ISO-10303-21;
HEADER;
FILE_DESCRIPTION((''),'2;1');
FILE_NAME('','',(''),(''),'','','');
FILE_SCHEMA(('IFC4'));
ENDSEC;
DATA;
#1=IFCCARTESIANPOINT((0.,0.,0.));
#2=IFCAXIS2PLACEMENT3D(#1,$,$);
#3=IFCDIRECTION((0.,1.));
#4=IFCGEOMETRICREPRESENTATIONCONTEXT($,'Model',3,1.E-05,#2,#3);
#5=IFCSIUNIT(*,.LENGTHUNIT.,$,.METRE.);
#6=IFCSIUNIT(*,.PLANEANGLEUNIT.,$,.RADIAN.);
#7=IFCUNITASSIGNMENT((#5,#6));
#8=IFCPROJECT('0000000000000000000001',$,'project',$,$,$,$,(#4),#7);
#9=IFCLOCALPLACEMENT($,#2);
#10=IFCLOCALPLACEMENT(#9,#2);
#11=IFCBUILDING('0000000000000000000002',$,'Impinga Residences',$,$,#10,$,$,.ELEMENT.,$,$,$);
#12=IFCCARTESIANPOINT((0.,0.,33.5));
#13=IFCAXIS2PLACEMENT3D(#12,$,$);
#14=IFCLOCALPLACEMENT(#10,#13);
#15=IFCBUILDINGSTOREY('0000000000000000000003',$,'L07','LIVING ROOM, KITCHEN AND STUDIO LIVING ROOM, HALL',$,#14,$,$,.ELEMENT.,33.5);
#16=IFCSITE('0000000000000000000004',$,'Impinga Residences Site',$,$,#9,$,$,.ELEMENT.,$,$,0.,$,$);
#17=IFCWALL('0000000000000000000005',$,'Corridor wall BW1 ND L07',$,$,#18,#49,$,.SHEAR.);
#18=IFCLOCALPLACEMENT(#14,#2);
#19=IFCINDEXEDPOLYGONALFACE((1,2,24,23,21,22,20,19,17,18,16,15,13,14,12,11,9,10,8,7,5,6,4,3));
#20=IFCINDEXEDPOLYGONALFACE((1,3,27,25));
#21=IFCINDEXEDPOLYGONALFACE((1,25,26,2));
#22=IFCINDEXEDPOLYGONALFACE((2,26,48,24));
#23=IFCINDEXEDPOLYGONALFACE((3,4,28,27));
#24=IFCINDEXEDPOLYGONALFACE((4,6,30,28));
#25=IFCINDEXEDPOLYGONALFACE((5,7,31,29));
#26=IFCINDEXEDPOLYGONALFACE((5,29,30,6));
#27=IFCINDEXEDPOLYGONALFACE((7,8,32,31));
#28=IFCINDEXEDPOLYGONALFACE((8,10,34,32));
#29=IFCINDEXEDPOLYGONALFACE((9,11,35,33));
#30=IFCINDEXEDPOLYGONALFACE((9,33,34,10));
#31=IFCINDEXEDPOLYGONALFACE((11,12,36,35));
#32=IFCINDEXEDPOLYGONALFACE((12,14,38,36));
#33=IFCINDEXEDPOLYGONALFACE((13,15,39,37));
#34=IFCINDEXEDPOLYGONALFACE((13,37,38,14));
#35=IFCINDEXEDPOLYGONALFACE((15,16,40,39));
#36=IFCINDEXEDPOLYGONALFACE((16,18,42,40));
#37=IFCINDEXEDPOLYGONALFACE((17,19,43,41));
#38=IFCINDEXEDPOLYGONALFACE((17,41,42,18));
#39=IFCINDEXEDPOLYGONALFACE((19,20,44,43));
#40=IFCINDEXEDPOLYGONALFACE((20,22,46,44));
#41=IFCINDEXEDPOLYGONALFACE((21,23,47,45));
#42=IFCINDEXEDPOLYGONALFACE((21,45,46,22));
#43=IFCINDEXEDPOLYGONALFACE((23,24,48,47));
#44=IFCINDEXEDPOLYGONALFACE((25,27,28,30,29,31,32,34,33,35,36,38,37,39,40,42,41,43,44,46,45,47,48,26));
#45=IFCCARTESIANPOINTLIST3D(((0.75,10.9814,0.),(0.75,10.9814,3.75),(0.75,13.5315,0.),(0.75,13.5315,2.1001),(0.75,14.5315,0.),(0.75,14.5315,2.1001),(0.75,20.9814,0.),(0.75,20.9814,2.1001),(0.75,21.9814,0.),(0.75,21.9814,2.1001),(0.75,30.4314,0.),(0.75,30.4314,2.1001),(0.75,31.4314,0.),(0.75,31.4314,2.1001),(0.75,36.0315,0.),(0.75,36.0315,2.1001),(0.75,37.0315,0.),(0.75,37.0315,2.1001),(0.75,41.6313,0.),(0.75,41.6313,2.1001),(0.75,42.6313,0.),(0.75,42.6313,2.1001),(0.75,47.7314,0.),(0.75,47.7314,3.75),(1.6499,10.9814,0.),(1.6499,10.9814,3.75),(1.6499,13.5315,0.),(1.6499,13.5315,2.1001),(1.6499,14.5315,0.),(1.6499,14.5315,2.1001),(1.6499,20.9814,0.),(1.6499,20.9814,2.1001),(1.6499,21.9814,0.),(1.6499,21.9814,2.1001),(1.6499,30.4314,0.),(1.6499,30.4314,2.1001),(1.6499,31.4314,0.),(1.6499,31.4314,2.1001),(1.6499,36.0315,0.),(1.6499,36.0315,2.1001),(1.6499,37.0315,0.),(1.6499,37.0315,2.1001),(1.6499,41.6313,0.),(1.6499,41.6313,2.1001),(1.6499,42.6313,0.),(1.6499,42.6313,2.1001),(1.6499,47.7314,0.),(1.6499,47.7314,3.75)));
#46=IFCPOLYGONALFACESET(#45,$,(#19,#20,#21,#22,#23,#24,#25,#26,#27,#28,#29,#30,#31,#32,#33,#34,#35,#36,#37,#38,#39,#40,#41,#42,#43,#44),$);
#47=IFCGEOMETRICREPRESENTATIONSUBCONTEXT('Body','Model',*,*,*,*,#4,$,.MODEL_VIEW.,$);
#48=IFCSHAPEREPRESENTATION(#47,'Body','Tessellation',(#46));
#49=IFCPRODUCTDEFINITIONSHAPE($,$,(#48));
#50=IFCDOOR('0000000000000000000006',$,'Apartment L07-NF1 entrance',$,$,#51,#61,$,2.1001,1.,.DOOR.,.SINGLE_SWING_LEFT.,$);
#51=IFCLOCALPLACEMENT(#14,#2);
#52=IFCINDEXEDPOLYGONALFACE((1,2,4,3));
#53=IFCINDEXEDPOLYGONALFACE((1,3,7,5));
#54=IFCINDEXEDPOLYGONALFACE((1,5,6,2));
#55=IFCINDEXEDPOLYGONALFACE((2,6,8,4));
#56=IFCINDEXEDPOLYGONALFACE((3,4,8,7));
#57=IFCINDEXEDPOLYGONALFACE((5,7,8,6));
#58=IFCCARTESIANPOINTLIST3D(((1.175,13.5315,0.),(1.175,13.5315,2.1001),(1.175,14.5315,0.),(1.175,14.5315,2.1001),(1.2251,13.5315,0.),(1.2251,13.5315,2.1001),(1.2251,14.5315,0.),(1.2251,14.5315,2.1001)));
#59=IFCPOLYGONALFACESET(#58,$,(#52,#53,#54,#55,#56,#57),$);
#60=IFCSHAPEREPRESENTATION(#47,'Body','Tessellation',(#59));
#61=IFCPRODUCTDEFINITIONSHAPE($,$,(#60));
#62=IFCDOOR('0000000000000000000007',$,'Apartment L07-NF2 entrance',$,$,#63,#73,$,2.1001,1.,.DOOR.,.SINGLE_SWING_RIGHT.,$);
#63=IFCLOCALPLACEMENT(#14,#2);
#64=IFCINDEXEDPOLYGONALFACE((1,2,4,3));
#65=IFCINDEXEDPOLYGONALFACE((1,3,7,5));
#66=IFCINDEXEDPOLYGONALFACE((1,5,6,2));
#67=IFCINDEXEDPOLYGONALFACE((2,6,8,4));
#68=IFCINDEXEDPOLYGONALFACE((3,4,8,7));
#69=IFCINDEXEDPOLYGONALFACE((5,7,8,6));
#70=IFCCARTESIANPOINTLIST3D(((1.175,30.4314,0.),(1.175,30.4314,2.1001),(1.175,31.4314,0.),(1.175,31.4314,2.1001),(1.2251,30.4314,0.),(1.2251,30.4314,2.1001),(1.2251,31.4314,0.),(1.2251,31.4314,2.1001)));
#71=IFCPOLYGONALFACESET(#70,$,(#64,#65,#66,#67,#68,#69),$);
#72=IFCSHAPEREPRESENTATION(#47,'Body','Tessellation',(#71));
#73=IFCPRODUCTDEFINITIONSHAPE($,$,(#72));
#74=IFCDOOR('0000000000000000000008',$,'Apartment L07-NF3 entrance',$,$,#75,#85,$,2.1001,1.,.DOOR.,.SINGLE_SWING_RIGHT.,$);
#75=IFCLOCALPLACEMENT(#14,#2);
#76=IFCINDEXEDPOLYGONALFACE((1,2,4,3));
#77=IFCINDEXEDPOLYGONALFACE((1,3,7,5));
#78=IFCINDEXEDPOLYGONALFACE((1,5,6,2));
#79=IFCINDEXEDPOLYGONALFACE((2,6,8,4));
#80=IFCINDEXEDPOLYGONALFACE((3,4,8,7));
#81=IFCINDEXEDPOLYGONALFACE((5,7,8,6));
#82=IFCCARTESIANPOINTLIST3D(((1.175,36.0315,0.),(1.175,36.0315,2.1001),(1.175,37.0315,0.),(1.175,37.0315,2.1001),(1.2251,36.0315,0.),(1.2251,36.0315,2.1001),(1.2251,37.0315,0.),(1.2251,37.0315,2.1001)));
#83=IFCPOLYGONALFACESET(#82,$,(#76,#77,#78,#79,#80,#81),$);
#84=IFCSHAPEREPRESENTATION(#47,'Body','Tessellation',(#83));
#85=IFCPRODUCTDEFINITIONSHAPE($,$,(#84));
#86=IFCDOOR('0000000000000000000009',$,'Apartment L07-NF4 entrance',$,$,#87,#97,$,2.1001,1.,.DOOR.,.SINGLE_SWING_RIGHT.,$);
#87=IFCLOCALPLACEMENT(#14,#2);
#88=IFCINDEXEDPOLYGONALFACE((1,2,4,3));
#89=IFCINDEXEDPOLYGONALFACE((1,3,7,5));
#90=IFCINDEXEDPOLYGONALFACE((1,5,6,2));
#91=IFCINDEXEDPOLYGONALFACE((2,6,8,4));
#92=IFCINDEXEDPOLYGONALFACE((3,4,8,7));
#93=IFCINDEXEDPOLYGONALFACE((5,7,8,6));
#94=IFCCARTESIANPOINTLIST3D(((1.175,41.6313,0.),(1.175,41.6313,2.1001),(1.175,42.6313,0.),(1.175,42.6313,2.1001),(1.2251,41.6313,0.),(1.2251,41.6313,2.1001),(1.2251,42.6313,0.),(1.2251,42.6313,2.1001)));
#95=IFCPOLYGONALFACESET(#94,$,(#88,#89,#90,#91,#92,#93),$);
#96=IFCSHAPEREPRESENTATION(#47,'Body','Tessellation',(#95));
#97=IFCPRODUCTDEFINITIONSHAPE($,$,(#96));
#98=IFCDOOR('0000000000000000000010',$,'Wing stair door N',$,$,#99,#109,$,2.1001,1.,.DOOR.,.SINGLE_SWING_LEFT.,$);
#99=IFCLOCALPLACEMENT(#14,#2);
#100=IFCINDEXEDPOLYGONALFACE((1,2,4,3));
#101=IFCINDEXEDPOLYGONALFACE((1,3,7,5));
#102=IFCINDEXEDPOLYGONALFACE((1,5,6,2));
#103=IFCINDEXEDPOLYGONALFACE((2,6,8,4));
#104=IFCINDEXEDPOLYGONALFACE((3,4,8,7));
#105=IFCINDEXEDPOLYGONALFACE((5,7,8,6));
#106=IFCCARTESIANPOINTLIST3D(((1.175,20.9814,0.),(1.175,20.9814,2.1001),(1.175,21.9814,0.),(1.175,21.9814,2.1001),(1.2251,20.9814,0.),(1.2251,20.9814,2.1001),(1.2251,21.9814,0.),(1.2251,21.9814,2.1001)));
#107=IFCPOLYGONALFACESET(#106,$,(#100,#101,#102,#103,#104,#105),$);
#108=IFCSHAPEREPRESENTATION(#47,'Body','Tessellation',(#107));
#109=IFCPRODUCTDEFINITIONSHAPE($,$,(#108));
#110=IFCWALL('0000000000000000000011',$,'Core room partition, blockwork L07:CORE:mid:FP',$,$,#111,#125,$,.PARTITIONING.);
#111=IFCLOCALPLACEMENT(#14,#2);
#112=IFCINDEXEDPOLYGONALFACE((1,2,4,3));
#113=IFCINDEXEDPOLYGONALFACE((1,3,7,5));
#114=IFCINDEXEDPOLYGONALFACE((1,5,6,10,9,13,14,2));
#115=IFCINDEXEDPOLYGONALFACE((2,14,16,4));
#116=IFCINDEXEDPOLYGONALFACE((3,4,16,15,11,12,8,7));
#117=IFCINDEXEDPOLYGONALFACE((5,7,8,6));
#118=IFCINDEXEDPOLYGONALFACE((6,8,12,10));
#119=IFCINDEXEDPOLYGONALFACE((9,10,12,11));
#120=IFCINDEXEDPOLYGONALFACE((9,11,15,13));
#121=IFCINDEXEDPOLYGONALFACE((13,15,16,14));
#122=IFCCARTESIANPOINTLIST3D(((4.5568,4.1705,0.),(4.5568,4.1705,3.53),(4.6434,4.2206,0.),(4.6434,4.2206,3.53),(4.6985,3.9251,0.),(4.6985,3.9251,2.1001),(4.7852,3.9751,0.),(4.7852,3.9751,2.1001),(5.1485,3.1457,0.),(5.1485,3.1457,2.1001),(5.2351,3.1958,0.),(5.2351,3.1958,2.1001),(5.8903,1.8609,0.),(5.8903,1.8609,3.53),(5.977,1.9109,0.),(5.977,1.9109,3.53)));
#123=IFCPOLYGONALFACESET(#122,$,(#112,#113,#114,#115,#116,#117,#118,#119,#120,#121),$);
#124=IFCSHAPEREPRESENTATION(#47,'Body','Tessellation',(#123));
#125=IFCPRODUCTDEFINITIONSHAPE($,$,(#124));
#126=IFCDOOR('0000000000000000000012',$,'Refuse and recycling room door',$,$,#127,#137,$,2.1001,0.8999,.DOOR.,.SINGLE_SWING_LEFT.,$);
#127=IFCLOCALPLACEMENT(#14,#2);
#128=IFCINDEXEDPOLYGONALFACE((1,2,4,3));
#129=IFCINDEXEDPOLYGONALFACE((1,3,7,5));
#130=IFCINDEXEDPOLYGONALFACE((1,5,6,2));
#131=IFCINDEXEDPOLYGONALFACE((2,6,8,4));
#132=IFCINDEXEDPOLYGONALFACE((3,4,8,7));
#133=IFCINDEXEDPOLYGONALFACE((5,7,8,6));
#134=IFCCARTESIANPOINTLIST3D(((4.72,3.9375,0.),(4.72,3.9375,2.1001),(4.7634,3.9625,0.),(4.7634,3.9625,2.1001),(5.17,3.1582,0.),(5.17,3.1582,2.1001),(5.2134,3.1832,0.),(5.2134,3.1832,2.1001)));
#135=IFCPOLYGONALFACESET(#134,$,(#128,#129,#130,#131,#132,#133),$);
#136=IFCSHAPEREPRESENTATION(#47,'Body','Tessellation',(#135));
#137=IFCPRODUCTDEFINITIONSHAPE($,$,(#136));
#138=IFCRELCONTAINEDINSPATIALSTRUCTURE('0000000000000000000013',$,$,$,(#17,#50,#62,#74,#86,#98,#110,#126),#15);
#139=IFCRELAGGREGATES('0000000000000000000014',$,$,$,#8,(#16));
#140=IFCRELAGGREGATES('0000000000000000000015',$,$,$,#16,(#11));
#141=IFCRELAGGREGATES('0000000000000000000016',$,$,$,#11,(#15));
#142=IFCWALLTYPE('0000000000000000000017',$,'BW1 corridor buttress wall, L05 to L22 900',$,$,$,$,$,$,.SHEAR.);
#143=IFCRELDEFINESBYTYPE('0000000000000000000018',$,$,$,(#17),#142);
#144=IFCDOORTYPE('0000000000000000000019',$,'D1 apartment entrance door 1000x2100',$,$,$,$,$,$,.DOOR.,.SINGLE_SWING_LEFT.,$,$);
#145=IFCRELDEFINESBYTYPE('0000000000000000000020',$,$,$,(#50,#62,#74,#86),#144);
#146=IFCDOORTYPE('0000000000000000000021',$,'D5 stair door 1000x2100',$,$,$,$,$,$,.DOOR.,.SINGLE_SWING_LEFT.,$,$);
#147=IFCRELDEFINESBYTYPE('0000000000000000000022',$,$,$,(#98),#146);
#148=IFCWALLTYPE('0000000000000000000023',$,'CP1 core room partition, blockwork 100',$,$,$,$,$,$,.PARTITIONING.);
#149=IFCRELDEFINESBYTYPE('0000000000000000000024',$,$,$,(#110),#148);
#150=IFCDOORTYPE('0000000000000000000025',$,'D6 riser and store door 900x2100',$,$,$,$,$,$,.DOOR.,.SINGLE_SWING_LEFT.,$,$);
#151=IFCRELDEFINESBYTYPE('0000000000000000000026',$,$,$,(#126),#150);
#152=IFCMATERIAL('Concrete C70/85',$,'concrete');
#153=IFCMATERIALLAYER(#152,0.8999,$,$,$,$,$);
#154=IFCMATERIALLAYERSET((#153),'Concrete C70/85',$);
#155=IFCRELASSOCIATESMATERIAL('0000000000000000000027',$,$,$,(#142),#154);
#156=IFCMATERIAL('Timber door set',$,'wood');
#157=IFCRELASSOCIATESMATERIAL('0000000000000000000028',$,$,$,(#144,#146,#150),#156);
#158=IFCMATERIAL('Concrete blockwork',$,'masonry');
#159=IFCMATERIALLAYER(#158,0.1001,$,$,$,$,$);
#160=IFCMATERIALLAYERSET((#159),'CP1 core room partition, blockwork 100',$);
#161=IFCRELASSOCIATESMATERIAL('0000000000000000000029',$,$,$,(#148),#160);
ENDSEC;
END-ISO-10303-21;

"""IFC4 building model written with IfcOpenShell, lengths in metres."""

from ifc_helpers import new_model, si_unit, direction, frame, frame_2d, origin, place, context, subcontext, project, spatial, rectangle, extrude, material, layer, layer_set, type_object, element, fill, save


model = new_model("IFC4")

# Units and contexts
model_context = context("Model", 3, precision=1e-05, world=origin(), true_north=direction((0.0, 1.0)))
body_context = subcontext(model_context, "Body", "Model", "MODEL_VIEW")
ifc_project = project(units=[si_unit("LENGTHUNIT", "METRE"), si_unit("PLANEANGLEUNIT", "RADIAN")], contexts=[model_context])

# Site, building, storey
site_placement = place(None, origin())
site = spatial("IfcSite", under=ifc_project, at=site_placement, Name="Impinga Residences Site", CompositionType="ELEMENT", RefElevation=0.0)
building_placement = place(site_placement, origin())
building = spatial("IfcBuilding", under=site, at=building_placement, Name="Impinga Residences", CompositionType="ELEMENT")
storey_placement = place(building_placement, frame((0.0, 0.0, 33.5)))
storey = spatial("IfcBuildingStorey", under=building, at=storey_placement, Name="L07", Description="LIVING ROOM, KITCHEN AND STUDIO LIVING ROOM, HALL", CompositionType="ELEMENT", Elevation=33.5)

# Wall, openings, doors
ifc_material_1 = material(Name="Concrete C70/85", Category="concrete")
ifc_layer_1 = layer(ifc_material_1, 0.8999)
ifc_layer_set_1 = layer_set([ifc_layer_1], Name="Concrete C70/85")
wall_type_1 = type_object("IfcWallType", Name="BW1 corridor buttress wall, L05 to L22 900", PredefinedType="SHEAR", material=ifc_layer_set_1)
wall_1_placement = place(storey_placement, frame((1.2, 10.9814, 0.0), z_axis=(0.0, 0.0, 1.0), x_axis=(0.0, 1.0, 0.0)))
wall_1 = element("IfcWall", 1, at=wall_1_placement, inside=storey, type_object=wall_type_1, Name="Corridor wall BW1 ND L07", PredefinedType="SHEAR", context=body_context, shape_type="SweptSolid", body=[
    extrude(rectangle(XDim=36.75, YDim=0.8999, at=frame_2d((18.375, 0.0))), origin(), (0.0, 0.0, 1.0), 3.75),
])
opening_1_placement = place(wall_1_placement, frame((10.0, 0.0, 0.0)))
opening_1 = element("IfcOpeningElement", 2, at=opening_1_placement, cuts=wall_1, PredefinedType="OPENING", context=body_context, shape_type="SweptSolid", body=[
    extrude(rectangle(XDim=1.0, YDim=2.1001, at=frame_2d((0.5, 1.05))), frame((0.0, 0.46, 0.0), z_axis=(0.0, -1.0, 0.0), x_axis=(1.0, 0.0, 0.0)), (0.0, 0.0, 1.0), 0.9199),
])
opening_2_placement = place(wall_1_placement, frame((2.55, 0.0, 0.0)))
opening_2 = element("IfcOpeningElement", 3, at=opening_2_placement, cuts=wall_1, PredefinedType="OPENING", context=body_context, shape_type="SweptSolid", body=[
    extrude(rectangle(XDim=1.0, YDim=2.1001, at=frame_2d((0.5, 1.05))), frame((0.0, 0.46, 0.0), z_axis=(0.0, -1.0, 0.0), x_axis=(1.0, 0.0, 0.0)), (0.0, 0.0, 1.0), 0.9199),
])
opening_3_placement = place(wall_1_placement, frame((19.45, 0.0, 0.0)))
opening_3 = element("IfcOpeningElement", 4, at=opening_3_placement, cuts=wall_1, PredefinedType="OPENING", context=body_context, shape_type="SweptSolid", body=[
    extrude(rectangle(XDim=1.0, YDim=2.1001, at=frame_2d((0.5, 1.05))), frame((0.0, 0.46, 0.0), z_axis=(0.0, -1.0, 0.0), x_axis=(1.0, 0.0, 0.0)), (0.0, 0.0, 1.0), 0.9199),
])
opening_4_placement = place(wall_1_placement, frame((25.05, 0.0, 0.0)))
opening_4 = element("IfcOpeningElement", 5, at=opening_4_placement, cuts=wall_1, PredefinedType="OPENING", context=body_context, shape_type="SweptSolid", body=[
    extrude(rectangle(XDim=1.0, YDim=2.1001, at=frame_2d((0.5, 1.05))), frame((0.0, 0.46, 0.0), z_axis=(0.0, -1.0, 0.0), x_axis=(1.0, 0.0, 0.0)), (0.0, 0.0, 1.0), 0.9199),
])
opening_5_placement = place(wall_1_placement, frame((30.6499, 0.0, 0.0)))
opening_5 = element("IfcOpeningElement", 6, at=opening_5_placement, cuts=wall_1, PredefinedType="OPENING", context=body_context, shape_type="SweptSolid", body=[
    extrude(rectangle(XDim=1.0, YDim=2.1001, at=frame_2d((0.5, 1.05))), frame((0.0, 0.46, 0.0), z_axis=(0.0, -1.0, 0.0), x_axis=(1.0, 0.0, 0.0)), (0.0, 0.0, 1.0), 0.9199),
])
ifc_material_2 = material(Name="Timber door set", Category="wood")
door_type_1 = type_object("IfcDoorType", Name="D1 apartment entrance door 1000x2100", OperationType="SINGLE_SWING_LEFT", PredefinedType="DOOR", material=ifc_material_2)
door_1_placement = place(opening_2_placement, origin())
door_1 = element("IfcDoor", 7, at=door_1_placement, inside=storey, type_object=door_type_1, Name="Apartment L07-NF1 entrance", OperationType="SINGLE_SWING_LEFT", OverallHeight=2.1001, OverallWidth=1.0, PredefinedType="DOOR", context=body_context, shape_type="SweptSolid", body=[
    extrude(rectangle(XDim=1.0, YDim=2.1001, at=frame_2d((0.5, 1.05))), frame((0.0, 0.0249, 0.0), z_axis=(0.0, -1.0, 0.0), x_axis=(1.0, 0.0, 0.0)), (0.0, 0.0, 1.0), 0.05),
])
fill(opening_2, door_1)
door_2_placement = place(opening_3_placement, origin())
door_2 = element("IfcDoor", 8, at=door_2_placement, inside=storey, type_object=door_type_1, Name="Apartment L07-NF2 entrance", OperationType="SINGLE_SWING_RIGHT", OverallHeight=2.1001, OverallWidth=1.0, PredefinedType="DOOR", context=body_context, shape_type="SweptSolid", body=[
    extrude(rectangle(XDim=1.0, YDim=2.1001, at=frame_2d((0.5, 1.05))), frame((0.0, 0.0249, 0.0), z_axis=(0.0, -1.0, 0.0), x_axis=(1.0, 0.0, 0.0)), (0.0, 0.0, 1.0), 0.05),
])
fill(opening_3, door_2)
door_3_placement = place(opening_4_placement, origin())
door_3 = element("IfcDoor", 9, at=door_3_placement, inside=storey, type_object=door_type_1, Name="Apartment L07-NF3 entrance", OperationType="SINGLE_SWING_RIGHT", OverallHeight=2.1001, OverallWidth=1.0, PredefinedType="DOOR", context=body_context, shape_type="SweptSolid", body=[
    extrude(rectangle(XDim=1.0, YDim=2.1001, at=frame_2d((0.5, 1.05))), frame((0.0, 0.0249, 0.0), z_axis=(0.0, -1.0, 0.0), x_axis=(1.0, 0.0, 0.0)), (0.0, 0.0, 1.0), 0.05),
])
fill(opening_4, door_3)
door_4_placement = place(opening_5_placement, origin())
door_4 = element("IfcDoor", 10, at=door_4_placement, inside=storey, type_object=door_type_1, Name="Apartment L07-NF4 entrance", OperationType="SINGLE_SWING_RIGHT", OverallHeight=2.1001, OverallWidth=1.0, PredefinedType="DOOR", context=body_context, shape_type="SweptSolid", body=[
    extrude(rectangle(XDim=1.0, YDim=2.1001, at=frame_2d((0.5, 1.05))), frame((0.0, 0.0249, 0.0), z_axis=(0.0, -1.0, 0.0), x_axis=(1.0, 0.0, 0.0)), (0.0, 0.0, 1.0), 0.05),
])
fill(opening_5, door_4)
door_type_2 = type_object("IfcDoorType", Name="D5 stair door 1000x2100", OperationType="SINGLE_SWING_LEFT", PredefinedType="DOOR", material=ifc_material_2)
door_5_placement = place(opening_1_placement, origin())
door_5 = element("IfcDoor", 11, at=door_5_placement, inside=storey, type_object=door_type_2, Name="Wing stair door N", OperationType="SINGLE_SWING_LEFT", OverallHeight=2.1001, OverallWidth=1.0, PredefinedType="DOOR", context=body_context, shape_type="SweptSolid", body=[
    extrude(rectangle(XDim=1.0, YDim=2.1001, at=frame_2d((0.5, 1.05))), frame((0.0, 0.0249, 0.0), z_axis=(0.0, -1.0, 0.0), x_axis=(1.0, 0.0, 0.0)), (0.0, 0.0, 1.0), 0.05),
])
fill(opening_1, door_5)

# Wall, opening, door
ifc_material_3 = material(Name="Concrete blockwork", Category="masonry")
ifc_layer_2 = layer(ifc_material_3, 0.1001)
ifc_layer_set_2 = layer_set([ifc_layer_2], Name="CP1 core room partition, blockwork 100")
wall_type_2 = type_object("IfcWallType", Name="CP1 core room partition, blockwork 100", PredefinedType="PARTITIONING", material=ifc_layer_set_2)
wall_2_placement = place(storey_placement, frame((4.6001, 4.1956, 0.0), z_axis=(0.0, 0.0, 1.0), x_axis=(0.500018, -0.866015, 0.0)))
wall_2 = element("IfcWall", 12, at=wall_2_placement, inside=storey, type_object=wall_type_2, Name="Core room partition, blockwork L07:CORE:mid:FP", PredefinedType="PARTITIONING", context=body_context, shape_type="SweptSolid", body=[
    extrude(rectangle(XDim=2.667, YDim=0.1001, at=frame_2d((1.3335, 0.0))), origin(), (0.0, 0.0, 1.0), 3.53),
])
opening_6_placement = place(wall_2_placement, frame((0.2834, 0.0, 0.0)))
opening_6 = element("IfcOpeningElement", 13, at=opening_6_placement, cuts=wall_2, PredefinedType="OPENING", context=body_context, shape_type="SweptSolid", body=[
    extrude(rectangle(XDim=0.8999, YDim=2.1001, at=frame_2d((0.45, 1.05))), frame((0.0, 0.0601, 0.0), z_axis=(0.0, -1.0, 0.0), x_axis=(1.0, 0.0, 0.0)), (0.0, 0.0, 1.0), 0.1201),
])
door_type_3 = type_object("IfcDoorType", Name="D6 riser and store door 900x2100", OperationType="SINGLE_SWING_LEFT", PredefinedType="DOOR", material=ifc_material_2)
door_6_placement = place(opening_6_placement, origin())
door_6 = element("IfcDoor", 14, at=door_6_placement, inside=storey, type_object=door_type_3, Name="Refuse and recycling room door", OperationType="SINGLE_SWING_LEFT", OverallHeight=2.1001, OverallWidth=0.8999, PredefinedType="DOOR", context=body_context, shape_type="SweptSolid", body=[
    extrude(rectangle(XDim=0.8999, YDim=2.1001, at=frame_2d((0.45, 1.05))), frame((0.0, 0.0249, 0.0), z_axis=(0.0, -1.0, 0.0), x_axis=(1.0, 0.0, 0.0)), (0.0, 0.0, 1.0), 0.05),
])
fill(opening_6, door_6)

save(model, "model.ifc")
